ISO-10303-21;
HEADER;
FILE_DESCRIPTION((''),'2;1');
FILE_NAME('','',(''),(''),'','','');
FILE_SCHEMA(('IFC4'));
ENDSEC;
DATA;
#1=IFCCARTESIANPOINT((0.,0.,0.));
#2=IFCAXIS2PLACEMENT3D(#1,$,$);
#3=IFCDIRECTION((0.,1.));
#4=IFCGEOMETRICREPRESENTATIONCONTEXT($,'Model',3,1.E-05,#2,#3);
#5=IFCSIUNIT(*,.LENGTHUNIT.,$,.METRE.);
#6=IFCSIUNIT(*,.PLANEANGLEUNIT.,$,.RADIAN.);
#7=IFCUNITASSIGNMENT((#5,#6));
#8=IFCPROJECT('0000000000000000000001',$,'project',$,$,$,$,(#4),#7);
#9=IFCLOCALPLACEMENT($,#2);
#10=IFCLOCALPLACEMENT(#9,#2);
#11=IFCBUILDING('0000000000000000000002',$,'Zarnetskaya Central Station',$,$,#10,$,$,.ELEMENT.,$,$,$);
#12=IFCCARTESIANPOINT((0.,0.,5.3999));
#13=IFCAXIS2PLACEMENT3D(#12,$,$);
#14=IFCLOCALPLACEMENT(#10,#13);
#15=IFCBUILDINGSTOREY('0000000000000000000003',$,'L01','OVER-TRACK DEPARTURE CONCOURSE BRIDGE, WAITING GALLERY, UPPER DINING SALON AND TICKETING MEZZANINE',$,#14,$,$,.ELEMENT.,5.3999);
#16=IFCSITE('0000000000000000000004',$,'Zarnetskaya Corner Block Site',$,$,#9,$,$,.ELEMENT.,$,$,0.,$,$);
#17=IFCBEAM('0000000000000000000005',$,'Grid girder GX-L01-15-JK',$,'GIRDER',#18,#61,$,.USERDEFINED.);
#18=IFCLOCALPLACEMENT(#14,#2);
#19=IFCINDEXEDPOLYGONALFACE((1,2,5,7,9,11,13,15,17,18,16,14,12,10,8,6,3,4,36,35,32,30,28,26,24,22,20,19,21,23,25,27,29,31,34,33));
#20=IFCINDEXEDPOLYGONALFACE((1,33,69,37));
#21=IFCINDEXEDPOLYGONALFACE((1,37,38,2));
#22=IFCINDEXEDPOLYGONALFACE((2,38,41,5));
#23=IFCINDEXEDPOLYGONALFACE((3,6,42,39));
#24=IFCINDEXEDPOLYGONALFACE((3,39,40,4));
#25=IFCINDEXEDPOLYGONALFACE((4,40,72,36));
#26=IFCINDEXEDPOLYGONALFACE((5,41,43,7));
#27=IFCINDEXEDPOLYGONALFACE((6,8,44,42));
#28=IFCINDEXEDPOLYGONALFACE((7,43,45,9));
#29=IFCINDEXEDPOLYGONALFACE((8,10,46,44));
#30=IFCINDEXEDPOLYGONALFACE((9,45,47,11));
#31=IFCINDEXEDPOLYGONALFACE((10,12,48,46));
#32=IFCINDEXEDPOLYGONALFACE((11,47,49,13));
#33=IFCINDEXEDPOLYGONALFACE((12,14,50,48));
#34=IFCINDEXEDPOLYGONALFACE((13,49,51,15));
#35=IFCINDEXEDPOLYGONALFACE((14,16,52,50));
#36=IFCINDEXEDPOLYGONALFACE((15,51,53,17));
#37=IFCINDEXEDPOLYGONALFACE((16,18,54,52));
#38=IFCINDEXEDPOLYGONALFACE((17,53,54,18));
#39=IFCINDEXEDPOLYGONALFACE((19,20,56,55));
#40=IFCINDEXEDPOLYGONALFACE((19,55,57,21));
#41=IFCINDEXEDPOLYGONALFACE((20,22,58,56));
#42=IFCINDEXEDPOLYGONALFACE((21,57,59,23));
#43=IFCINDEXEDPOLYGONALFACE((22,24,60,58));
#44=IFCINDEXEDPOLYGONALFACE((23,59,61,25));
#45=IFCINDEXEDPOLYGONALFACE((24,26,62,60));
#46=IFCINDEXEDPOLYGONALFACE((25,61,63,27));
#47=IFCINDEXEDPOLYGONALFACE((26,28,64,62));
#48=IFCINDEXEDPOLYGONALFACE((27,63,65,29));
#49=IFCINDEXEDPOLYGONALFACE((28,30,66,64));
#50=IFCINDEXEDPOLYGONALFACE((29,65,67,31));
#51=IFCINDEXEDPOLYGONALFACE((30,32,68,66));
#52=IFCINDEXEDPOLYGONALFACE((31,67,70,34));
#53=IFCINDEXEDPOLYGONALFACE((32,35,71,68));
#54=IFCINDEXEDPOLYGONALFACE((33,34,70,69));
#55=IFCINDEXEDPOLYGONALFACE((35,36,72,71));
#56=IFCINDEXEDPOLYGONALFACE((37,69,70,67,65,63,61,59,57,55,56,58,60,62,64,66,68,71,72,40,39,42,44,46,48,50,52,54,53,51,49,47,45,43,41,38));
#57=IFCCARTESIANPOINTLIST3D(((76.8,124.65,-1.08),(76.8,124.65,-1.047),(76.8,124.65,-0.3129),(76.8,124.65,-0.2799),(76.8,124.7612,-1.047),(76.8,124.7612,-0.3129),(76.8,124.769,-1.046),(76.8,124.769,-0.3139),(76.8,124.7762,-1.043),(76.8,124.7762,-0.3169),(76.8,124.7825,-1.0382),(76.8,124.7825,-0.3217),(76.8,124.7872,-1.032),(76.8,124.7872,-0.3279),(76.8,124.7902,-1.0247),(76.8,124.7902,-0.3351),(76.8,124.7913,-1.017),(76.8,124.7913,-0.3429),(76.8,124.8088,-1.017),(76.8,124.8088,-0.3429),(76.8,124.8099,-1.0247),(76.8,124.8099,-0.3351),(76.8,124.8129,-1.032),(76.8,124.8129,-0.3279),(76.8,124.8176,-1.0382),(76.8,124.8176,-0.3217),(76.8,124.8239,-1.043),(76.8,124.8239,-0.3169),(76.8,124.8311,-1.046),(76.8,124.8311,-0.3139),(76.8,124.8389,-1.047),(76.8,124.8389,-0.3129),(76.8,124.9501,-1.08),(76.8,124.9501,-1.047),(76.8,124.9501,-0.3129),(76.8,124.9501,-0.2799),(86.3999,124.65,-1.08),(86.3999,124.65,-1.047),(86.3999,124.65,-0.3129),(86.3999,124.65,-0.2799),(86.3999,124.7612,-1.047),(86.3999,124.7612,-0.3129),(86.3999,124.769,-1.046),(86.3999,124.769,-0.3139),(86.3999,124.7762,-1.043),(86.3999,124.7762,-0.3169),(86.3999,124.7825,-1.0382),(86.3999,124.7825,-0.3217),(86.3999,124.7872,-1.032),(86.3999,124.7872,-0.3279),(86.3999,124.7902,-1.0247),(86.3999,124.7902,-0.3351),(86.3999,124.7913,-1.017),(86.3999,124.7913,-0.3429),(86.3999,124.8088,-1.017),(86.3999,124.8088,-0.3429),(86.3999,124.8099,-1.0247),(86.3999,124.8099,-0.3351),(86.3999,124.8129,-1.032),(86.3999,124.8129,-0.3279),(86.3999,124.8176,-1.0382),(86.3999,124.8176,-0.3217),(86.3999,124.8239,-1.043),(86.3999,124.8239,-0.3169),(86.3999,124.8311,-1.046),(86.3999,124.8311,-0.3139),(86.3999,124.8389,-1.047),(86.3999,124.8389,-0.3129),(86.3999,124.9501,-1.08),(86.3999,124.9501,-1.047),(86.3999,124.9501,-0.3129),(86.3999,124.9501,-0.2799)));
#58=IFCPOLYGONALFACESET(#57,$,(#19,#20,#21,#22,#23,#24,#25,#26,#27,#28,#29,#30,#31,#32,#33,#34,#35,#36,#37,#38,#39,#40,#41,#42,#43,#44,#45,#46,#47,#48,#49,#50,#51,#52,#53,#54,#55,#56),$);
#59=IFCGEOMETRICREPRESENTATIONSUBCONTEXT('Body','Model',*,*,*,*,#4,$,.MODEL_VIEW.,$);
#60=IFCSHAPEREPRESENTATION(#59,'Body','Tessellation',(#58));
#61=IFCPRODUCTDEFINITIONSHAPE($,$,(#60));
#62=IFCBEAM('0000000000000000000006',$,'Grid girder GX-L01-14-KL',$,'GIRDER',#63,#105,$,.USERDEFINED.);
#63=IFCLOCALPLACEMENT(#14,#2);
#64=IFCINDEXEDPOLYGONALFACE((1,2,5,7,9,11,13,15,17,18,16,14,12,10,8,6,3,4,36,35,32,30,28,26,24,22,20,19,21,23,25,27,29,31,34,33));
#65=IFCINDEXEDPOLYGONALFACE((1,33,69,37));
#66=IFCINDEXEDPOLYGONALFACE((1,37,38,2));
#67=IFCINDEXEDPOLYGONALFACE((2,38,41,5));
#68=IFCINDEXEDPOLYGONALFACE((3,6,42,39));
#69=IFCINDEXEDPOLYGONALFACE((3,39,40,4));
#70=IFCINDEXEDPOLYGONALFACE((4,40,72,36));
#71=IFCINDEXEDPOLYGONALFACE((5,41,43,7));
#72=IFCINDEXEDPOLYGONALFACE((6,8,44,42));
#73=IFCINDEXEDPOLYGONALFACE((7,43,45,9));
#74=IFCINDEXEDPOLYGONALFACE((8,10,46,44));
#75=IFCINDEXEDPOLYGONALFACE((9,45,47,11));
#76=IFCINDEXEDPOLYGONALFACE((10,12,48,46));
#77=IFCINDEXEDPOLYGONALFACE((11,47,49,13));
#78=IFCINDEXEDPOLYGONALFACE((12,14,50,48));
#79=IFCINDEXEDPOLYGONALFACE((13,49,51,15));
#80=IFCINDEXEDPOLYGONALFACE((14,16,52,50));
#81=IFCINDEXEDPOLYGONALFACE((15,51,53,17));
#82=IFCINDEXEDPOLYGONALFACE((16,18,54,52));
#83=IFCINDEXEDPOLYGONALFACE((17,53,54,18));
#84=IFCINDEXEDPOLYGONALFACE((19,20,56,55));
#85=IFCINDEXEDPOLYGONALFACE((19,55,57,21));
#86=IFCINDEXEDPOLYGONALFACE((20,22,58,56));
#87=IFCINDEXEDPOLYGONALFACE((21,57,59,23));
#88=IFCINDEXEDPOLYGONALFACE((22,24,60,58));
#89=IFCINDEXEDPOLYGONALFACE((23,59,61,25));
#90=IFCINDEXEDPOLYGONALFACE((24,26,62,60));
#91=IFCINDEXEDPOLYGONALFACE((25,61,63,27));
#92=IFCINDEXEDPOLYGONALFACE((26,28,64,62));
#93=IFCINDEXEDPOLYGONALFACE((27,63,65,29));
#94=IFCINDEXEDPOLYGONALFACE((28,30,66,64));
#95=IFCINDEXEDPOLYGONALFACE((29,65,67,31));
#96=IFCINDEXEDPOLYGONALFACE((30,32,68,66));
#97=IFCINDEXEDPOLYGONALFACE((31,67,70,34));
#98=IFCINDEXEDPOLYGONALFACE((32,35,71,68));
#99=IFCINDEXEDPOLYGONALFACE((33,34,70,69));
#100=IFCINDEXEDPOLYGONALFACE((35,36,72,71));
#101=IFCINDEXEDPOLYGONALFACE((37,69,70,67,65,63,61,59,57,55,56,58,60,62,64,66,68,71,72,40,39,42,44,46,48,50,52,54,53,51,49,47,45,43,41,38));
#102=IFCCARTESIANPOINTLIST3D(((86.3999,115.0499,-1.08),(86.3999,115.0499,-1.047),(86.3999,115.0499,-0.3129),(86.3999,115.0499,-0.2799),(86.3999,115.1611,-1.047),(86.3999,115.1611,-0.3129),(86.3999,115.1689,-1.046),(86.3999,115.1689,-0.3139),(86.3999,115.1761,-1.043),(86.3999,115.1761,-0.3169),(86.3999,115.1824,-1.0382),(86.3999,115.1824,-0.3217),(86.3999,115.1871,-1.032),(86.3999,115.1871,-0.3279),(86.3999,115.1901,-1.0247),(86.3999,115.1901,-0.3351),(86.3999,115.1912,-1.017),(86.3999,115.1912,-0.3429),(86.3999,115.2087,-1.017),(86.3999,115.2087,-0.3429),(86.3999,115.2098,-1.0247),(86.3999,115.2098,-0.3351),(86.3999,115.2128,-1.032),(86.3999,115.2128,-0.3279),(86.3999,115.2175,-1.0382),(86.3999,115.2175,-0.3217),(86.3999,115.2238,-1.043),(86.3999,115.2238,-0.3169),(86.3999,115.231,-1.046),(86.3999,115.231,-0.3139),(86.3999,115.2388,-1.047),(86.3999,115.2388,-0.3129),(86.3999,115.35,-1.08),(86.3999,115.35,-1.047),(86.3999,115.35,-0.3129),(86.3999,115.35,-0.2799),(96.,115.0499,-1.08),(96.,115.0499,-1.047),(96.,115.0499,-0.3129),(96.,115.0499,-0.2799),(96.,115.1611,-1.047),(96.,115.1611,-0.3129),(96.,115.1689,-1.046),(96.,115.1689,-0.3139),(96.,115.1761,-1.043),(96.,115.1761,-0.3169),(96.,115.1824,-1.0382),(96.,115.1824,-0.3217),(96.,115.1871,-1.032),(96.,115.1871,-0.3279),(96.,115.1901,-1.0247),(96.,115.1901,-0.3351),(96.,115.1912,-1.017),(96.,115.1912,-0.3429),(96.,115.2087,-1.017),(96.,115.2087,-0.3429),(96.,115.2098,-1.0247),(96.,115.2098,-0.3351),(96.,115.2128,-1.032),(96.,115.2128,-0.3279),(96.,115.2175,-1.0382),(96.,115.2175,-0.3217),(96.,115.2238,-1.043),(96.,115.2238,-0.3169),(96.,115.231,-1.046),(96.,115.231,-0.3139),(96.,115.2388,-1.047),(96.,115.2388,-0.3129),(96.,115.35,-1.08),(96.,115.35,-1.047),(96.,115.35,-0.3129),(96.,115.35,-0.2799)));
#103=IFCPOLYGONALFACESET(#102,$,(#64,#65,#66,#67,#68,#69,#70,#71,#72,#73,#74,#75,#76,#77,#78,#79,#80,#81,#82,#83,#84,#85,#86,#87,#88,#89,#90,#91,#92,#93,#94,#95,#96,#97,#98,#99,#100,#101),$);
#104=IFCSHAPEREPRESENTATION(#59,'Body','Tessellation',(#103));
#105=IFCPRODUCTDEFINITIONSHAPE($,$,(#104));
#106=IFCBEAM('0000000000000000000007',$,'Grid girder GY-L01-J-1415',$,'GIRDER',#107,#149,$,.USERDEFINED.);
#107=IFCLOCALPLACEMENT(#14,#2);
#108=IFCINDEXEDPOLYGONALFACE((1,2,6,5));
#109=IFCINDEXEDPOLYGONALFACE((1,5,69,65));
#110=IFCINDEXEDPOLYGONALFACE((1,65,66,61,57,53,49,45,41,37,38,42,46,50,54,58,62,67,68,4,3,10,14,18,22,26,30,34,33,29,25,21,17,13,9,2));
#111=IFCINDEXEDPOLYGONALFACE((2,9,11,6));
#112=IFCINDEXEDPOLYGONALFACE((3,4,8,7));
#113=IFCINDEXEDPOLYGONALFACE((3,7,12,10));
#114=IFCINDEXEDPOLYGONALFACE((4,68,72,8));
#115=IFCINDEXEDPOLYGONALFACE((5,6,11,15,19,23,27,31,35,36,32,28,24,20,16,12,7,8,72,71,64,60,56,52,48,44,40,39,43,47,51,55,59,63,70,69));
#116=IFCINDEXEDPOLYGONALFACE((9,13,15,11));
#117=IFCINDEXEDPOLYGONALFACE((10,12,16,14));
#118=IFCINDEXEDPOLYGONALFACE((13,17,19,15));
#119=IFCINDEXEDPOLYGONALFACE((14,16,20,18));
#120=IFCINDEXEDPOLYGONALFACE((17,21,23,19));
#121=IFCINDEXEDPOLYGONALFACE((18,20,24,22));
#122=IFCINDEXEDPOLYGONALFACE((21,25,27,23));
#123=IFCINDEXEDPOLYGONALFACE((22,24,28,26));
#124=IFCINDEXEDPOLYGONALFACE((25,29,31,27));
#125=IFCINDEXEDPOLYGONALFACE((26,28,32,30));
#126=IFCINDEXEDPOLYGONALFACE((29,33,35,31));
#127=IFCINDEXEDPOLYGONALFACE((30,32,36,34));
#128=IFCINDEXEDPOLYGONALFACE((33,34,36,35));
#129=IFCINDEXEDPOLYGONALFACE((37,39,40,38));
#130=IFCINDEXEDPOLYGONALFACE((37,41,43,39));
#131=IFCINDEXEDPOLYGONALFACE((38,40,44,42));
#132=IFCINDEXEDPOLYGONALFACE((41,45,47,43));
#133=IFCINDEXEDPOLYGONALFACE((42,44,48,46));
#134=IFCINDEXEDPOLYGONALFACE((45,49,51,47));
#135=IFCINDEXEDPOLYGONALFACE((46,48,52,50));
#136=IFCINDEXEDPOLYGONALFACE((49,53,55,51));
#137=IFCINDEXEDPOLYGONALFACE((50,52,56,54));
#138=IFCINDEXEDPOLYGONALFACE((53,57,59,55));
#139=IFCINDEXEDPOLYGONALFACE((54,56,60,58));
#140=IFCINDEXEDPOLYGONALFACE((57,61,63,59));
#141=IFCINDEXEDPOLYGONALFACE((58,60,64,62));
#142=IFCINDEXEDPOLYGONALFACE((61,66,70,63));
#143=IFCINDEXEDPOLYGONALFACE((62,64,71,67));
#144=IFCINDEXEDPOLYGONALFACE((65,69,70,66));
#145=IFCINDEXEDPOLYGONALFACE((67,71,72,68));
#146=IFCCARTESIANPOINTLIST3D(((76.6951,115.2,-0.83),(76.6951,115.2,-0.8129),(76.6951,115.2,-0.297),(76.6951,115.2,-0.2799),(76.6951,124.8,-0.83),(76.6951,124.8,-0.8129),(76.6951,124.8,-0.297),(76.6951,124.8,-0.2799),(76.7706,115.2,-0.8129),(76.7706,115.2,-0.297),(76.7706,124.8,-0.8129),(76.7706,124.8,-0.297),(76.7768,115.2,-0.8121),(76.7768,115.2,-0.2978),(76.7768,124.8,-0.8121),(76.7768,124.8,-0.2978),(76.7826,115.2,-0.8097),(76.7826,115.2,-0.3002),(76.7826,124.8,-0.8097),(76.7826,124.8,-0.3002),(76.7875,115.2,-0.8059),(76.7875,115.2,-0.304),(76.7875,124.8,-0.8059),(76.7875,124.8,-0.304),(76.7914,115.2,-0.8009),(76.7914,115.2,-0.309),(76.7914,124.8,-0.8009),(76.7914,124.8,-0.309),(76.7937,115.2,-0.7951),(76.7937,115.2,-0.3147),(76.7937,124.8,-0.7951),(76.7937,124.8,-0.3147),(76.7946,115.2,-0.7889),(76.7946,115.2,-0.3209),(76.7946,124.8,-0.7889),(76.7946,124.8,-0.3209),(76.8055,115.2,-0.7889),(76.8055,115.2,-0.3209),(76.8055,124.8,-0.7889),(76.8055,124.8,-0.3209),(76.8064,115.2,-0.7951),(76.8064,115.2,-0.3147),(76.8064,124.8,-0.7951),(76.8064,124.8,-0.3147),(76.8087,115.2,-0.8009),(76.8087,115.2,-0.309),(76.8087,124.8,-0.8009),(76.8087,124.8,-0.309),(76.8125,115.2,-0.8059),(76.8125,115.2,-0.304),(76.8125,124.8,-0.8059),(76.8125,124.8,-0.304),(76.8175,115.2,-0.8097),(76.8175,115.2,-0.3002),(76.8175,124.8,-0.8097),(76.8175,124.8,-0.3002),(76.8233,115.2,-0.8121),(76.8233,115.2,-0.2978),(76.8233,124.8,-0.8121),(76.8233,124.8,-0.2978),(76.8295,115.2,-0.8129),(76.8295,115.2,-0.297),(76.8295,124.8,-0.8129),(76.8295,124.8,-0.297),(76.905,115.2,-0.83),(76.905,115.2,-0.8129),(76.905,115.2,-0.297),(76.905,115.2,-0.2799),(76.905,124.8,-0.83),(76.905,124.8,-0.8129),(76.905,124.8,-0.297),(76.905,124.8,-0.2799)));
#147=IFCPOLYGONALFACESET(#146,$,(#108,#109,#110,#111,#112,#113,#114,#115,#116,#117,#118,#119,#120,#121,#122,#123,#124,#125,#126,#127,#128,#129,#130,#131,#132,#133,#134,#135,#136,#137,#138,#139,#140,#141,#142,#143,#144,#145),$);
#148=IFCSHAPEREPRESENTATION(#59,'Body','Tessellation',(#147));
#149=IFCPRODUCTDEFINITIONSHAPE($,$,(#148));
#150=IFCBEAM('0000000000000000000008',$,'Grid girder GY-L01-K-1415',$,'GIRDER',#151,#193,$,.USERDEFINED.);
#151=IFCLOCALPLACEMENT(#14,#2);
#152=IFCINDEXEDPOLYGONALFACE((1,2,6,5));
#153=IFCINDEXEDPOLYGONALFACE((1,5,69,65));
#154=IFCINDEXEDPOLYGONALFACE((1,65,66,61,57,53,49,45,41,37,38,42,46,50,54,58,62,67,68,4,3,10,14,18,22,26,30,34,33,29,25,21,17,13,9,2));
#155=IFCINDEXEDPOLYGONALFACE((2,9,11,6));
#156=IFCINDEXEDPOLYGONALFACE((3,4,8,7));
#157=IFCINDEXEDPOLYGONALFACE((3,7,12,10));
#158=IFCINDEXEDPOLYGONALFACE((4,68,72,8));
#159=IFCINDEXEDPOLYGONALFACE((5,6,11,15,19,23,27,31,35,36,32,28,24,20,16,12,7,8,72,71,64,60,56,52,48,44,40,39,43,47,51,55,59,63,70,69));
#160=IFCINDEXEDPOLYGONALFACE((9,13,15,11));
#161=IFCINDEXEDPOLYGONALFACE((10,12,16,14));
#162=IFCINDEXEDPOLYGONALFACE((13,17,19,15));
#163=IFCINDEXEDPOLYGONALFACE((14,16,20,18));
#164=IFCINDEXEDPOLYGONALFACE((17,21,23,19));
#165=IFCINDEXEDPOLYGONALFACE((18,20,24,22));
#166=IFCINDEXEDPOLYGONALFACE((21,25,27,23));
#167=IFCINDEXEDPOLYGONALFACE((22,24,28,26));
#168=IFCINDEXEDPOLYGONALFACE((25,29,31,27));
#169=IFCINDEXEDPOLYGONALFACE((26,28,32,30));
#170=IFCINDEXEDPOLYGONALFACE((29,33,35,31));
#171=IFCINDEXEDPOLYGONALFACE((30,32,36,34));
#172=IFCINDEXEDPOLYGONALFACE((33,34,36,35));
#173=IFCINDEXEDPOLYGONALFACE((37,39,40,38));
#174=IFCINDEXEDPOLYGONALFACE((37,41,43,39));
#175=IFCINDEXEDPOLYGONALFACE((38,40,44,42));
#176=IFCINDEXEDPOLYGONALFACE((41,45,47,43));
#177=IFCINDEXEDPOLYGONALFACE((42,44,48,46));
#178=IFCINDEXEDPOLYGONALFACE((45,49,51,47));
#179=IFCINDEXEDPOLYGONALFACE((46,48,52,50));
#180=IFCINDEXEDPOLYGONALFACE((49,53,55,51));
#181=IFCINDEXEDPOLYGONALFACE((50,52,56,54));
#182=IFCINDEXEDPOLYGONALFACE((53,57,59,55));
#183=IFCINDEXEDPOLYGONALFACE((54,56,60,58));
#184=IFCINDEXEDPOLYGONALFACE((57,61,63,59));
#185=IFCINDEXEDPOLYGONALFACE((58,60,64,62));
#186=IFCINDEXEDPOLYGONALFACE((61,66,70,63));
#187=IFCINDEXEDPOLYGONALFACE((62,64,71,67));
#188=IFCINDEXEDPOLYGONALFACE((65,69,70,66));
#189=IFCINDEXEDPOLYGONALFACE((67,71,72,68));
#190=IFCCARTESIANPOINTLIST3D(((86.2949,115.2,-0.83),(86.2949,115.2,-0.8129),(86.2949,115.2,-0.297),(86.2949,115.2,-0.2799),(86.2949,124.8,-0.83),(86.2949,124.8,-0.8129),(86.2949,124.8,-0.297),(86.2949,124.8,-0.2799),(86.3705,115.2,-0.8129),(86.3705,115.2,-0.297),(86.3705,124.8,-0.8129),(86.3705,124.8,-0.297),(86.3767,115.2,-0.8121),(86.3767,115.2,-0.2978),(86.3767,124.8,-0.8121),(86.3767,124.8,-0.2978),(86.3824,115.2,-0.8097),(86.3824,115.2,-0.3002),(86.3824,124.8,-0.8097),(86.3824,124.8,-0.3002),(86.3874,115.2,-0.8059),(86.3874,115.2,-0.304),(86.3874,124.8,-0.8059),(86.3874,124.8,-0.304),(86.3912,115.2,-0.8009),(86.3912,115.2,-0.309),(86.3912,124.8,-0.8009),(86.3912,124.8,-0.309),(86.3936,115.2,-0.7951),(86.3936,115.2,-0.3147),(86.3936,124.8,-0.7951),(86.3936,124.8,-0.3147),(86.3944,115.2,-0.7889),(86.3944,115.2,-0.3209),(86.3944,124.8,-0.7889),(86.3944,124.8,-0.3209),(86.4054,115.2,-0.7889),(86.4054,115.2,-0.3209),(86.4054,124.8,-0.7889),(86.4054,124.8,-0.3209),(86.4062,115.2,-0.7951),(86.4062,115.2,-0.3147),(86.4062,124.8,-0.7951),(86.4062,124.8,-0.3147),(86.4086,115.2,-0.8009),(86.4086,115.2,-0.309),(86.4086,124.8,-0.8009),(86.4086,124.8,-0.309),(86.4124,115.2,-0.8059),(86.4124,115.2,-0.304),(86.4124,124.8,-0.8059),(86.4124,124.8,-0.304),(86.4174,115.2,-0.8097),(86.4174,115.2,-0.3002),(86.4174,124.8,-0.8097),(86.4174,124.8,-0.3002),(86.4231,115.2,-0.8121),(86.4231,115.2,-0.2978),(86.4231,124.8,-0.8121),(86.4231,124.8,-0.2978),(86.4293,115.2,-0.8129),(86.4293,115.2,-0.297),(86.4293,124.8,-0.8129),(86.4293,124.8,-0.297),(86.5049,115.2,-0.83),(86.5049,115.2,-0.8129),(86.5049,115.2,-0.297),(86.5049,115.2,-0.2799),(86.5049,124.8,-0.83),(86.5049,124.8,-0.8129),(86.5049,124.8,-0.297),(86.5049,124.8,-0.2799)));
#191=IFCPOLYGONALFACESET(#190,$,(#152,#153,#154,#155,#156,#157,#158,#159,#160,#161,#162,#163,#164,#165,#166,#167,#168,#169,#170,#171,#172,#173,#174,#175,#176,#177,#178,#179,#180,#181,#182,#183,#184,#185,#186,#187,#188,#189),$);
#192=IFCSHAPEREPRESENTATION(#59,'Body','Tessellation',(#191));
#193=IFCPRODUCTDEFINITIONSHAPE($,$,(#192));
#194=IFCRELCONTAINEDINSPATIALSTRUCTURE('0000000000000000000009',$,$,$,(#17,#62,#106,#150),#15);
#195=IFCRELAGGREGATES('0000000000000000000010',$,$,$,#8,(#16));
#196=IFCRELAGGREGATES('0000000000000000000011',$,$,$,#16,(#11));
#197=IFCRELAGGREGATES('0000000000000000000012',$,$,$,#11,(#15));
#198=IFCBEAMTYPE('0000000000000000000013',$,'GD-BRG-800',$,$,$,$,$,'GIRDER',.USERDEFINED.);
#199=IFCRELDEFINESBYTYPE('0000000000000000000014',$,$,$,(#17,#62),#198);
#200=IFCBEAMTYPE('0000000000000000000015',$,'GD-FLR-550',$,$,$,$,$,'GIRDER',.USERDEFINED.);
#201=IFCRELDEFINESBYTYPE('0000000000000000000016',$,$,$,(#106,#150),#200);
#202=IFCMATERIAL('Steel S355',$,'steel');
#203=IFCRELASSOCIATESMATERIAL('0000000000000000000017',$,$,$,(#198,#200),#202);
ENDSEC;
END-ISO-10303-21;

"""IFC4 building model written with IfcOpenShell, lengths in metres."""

from ifc_helpers import new_model, si_unit, direction, frame, origin, origin_2d, place, context, subcontext, project, spatial, i_section, extrude, material, material_profile, profile_set, type_object, element, save


model = new_model("IFC4")

# Units and contexts
model_context = context("Model", 3, precision=1e-05, world=origin(), true_north=direction((0.0, 1.0)))
body_context = subcontext(model_context, "Body", "Model", "MODEL_VIEW")
ifc_project = project(units=[si_unit("LENGTHUNIT", "METRE"), si_unit("PLANEANGLEUNIT", "RADIAN")], contexts=[model_context])

# Site, building, storey
site_placement = place(None, origin())
site = spatial("IfcSite", under=ifc_project, at=site_placement, Name="Zarnetskaya Corner Block Site", CompositionType="ELEMENT", RefElevation=0.0)
building_placement = place(site_placement, origin())
building = spatial("IfcBuilding", under=site, at=building_placement, Name="Zarnetskaya Central Station", CompositionType="ELEMENT")
storey_placement = place(building_placement, frame((0.0, 0.0, 5.3999)))
storey = spatial("IfcBuildingStorey", under=building, at=storey_placement, Name="L01", Description="OVER-TRACK DEPARTURE CONCOURSE BRIDGE, WAITING GALLERY, UPPER DINING SALON AND TICKETING MEZZANINE", CompositionType="ELEMENT", Elevation=5.3999)

# Shared definitions
ifc_material_1 = material(Name="Steel S355", Category="steel")

# Beams
ifc_material_profile_1 = material_profile(ifc_material_1, i_section(OverallWidth=0.3, OverallDepth=0.8, WebThickness=0.0176, FlangeThickness=0.033, FilletRadius=0.03, at=origin_2d()), Name="HEB 800")
ifc_profile_set_1 = profile_set([ifc_material_profile_1], Name="Steel S355")
beam_type_1 = type_object("IfcBeamType", Name="GD-BRG-800", ElementType="GIRDER", PredefinedType="USERDEFINED", material=ifc_profile_set_1)
for number, where, z_axis, x_axis, name in (
    (1, (76.8, 124.8, -0.6799), (1.0, 0.0, 0.0), (0.0, 1.0, 0.0), "Grid girder GX-L01-15-JK"),
):
    element("IfcBeam", number, at=place(storey_placement, frame(where, z_axis=z_axis, x_axis=x_axis)), inside=storey, type_object=beam_type_1, Name=name, ObjectType="GIRDER", PredefinedType="USERDEFINED", context=body_context, shape_type="SweptSolid", body=[
        extrude(i_section(OverallWidth=0.3, OverallDepth=0.8, WebThickness=0.0176, FlangeThickness=0.033, FilletRadius=0.03, at=origin_2d()), origin(), (0.0, 0.0, 1.0), 9.5999),
    ])
beam_placement = place(storey_placement, frame((86.3999, 115.2, -0.6799), z_axis=(1.0, 0.0, 0.0), x_axis=(0.0, 1.0, 0.0)))
element("IfcBeam", 2, at=beam_placement, inside=storey, type_object=beam_type_1, Name="Grid girder GX-L01-14-KL", ObjectType="GIRDER", PredefinedType="USERDEFINED", context=body_context, shape_type="SweptSolid", body=[
    extrude(i_section(OverallWidth=0.3, OverallDepth=0.8, WebThickness=0.0176, FlangeThickness=0.033, FilletRadius=0.03, at=origin_2d()), origin(), (0.0, 0.0, 1.0), 9.6001),
])
ifc_material_profile_2 = material_profile(ifc_material_1, i_section(OverallWidth=0.21, OverallDepth=0.55, WebThickness=0.011, FlangeThickness=0.0171, FilletRadius=0.0239, at=origin_2d()), Name="IPE 550")
ifc_profile_set_2 = profile_set([ifc_material_profile_2], Name="Steel S355")
beam_type_2 = type_object("IfcBeamType", Name="GD-FLR-550", ElementType="GIRDER", PredefinedType="USERDEFINED", material=ifc_profile_set_2)
for number, where, z_axis, x_axis, name in (
    (3, (76.8, 115.2, -0.5549), (0.0, 1.0, 0.0), (-1.0, 0.0, 0.0), "Grid girder GY-L01-J-1415"),
    (4, (86.3999, 115.2, -0.5549), (0.0, 1.0, 0.0), (-1.0, 0.0, 0.0), "Grid girder GY-L01-K-1415"),
):
    element("IfcBeam", number, at=place(storey_placement, frame(where, z_axis=z_axis, x_axis=x_axis)), inside=storey, type_object=beam_type_2, Name=name, ObjectType="GIRDER", PredefinedType="USERDEFINED", context=body_context, shape_type="SweptSolid", body=[
        extrude(i_section(OverallWidth=0.21, OverallDepth=0.55, WebThickness=0.011, FlangeThickness=0.0171, FilletRadius=0.0239, at=origin_2d()), origin(), (0.0, 0.0, 1.0), 9.6001),
    ])

save(model, "model.ifc")
